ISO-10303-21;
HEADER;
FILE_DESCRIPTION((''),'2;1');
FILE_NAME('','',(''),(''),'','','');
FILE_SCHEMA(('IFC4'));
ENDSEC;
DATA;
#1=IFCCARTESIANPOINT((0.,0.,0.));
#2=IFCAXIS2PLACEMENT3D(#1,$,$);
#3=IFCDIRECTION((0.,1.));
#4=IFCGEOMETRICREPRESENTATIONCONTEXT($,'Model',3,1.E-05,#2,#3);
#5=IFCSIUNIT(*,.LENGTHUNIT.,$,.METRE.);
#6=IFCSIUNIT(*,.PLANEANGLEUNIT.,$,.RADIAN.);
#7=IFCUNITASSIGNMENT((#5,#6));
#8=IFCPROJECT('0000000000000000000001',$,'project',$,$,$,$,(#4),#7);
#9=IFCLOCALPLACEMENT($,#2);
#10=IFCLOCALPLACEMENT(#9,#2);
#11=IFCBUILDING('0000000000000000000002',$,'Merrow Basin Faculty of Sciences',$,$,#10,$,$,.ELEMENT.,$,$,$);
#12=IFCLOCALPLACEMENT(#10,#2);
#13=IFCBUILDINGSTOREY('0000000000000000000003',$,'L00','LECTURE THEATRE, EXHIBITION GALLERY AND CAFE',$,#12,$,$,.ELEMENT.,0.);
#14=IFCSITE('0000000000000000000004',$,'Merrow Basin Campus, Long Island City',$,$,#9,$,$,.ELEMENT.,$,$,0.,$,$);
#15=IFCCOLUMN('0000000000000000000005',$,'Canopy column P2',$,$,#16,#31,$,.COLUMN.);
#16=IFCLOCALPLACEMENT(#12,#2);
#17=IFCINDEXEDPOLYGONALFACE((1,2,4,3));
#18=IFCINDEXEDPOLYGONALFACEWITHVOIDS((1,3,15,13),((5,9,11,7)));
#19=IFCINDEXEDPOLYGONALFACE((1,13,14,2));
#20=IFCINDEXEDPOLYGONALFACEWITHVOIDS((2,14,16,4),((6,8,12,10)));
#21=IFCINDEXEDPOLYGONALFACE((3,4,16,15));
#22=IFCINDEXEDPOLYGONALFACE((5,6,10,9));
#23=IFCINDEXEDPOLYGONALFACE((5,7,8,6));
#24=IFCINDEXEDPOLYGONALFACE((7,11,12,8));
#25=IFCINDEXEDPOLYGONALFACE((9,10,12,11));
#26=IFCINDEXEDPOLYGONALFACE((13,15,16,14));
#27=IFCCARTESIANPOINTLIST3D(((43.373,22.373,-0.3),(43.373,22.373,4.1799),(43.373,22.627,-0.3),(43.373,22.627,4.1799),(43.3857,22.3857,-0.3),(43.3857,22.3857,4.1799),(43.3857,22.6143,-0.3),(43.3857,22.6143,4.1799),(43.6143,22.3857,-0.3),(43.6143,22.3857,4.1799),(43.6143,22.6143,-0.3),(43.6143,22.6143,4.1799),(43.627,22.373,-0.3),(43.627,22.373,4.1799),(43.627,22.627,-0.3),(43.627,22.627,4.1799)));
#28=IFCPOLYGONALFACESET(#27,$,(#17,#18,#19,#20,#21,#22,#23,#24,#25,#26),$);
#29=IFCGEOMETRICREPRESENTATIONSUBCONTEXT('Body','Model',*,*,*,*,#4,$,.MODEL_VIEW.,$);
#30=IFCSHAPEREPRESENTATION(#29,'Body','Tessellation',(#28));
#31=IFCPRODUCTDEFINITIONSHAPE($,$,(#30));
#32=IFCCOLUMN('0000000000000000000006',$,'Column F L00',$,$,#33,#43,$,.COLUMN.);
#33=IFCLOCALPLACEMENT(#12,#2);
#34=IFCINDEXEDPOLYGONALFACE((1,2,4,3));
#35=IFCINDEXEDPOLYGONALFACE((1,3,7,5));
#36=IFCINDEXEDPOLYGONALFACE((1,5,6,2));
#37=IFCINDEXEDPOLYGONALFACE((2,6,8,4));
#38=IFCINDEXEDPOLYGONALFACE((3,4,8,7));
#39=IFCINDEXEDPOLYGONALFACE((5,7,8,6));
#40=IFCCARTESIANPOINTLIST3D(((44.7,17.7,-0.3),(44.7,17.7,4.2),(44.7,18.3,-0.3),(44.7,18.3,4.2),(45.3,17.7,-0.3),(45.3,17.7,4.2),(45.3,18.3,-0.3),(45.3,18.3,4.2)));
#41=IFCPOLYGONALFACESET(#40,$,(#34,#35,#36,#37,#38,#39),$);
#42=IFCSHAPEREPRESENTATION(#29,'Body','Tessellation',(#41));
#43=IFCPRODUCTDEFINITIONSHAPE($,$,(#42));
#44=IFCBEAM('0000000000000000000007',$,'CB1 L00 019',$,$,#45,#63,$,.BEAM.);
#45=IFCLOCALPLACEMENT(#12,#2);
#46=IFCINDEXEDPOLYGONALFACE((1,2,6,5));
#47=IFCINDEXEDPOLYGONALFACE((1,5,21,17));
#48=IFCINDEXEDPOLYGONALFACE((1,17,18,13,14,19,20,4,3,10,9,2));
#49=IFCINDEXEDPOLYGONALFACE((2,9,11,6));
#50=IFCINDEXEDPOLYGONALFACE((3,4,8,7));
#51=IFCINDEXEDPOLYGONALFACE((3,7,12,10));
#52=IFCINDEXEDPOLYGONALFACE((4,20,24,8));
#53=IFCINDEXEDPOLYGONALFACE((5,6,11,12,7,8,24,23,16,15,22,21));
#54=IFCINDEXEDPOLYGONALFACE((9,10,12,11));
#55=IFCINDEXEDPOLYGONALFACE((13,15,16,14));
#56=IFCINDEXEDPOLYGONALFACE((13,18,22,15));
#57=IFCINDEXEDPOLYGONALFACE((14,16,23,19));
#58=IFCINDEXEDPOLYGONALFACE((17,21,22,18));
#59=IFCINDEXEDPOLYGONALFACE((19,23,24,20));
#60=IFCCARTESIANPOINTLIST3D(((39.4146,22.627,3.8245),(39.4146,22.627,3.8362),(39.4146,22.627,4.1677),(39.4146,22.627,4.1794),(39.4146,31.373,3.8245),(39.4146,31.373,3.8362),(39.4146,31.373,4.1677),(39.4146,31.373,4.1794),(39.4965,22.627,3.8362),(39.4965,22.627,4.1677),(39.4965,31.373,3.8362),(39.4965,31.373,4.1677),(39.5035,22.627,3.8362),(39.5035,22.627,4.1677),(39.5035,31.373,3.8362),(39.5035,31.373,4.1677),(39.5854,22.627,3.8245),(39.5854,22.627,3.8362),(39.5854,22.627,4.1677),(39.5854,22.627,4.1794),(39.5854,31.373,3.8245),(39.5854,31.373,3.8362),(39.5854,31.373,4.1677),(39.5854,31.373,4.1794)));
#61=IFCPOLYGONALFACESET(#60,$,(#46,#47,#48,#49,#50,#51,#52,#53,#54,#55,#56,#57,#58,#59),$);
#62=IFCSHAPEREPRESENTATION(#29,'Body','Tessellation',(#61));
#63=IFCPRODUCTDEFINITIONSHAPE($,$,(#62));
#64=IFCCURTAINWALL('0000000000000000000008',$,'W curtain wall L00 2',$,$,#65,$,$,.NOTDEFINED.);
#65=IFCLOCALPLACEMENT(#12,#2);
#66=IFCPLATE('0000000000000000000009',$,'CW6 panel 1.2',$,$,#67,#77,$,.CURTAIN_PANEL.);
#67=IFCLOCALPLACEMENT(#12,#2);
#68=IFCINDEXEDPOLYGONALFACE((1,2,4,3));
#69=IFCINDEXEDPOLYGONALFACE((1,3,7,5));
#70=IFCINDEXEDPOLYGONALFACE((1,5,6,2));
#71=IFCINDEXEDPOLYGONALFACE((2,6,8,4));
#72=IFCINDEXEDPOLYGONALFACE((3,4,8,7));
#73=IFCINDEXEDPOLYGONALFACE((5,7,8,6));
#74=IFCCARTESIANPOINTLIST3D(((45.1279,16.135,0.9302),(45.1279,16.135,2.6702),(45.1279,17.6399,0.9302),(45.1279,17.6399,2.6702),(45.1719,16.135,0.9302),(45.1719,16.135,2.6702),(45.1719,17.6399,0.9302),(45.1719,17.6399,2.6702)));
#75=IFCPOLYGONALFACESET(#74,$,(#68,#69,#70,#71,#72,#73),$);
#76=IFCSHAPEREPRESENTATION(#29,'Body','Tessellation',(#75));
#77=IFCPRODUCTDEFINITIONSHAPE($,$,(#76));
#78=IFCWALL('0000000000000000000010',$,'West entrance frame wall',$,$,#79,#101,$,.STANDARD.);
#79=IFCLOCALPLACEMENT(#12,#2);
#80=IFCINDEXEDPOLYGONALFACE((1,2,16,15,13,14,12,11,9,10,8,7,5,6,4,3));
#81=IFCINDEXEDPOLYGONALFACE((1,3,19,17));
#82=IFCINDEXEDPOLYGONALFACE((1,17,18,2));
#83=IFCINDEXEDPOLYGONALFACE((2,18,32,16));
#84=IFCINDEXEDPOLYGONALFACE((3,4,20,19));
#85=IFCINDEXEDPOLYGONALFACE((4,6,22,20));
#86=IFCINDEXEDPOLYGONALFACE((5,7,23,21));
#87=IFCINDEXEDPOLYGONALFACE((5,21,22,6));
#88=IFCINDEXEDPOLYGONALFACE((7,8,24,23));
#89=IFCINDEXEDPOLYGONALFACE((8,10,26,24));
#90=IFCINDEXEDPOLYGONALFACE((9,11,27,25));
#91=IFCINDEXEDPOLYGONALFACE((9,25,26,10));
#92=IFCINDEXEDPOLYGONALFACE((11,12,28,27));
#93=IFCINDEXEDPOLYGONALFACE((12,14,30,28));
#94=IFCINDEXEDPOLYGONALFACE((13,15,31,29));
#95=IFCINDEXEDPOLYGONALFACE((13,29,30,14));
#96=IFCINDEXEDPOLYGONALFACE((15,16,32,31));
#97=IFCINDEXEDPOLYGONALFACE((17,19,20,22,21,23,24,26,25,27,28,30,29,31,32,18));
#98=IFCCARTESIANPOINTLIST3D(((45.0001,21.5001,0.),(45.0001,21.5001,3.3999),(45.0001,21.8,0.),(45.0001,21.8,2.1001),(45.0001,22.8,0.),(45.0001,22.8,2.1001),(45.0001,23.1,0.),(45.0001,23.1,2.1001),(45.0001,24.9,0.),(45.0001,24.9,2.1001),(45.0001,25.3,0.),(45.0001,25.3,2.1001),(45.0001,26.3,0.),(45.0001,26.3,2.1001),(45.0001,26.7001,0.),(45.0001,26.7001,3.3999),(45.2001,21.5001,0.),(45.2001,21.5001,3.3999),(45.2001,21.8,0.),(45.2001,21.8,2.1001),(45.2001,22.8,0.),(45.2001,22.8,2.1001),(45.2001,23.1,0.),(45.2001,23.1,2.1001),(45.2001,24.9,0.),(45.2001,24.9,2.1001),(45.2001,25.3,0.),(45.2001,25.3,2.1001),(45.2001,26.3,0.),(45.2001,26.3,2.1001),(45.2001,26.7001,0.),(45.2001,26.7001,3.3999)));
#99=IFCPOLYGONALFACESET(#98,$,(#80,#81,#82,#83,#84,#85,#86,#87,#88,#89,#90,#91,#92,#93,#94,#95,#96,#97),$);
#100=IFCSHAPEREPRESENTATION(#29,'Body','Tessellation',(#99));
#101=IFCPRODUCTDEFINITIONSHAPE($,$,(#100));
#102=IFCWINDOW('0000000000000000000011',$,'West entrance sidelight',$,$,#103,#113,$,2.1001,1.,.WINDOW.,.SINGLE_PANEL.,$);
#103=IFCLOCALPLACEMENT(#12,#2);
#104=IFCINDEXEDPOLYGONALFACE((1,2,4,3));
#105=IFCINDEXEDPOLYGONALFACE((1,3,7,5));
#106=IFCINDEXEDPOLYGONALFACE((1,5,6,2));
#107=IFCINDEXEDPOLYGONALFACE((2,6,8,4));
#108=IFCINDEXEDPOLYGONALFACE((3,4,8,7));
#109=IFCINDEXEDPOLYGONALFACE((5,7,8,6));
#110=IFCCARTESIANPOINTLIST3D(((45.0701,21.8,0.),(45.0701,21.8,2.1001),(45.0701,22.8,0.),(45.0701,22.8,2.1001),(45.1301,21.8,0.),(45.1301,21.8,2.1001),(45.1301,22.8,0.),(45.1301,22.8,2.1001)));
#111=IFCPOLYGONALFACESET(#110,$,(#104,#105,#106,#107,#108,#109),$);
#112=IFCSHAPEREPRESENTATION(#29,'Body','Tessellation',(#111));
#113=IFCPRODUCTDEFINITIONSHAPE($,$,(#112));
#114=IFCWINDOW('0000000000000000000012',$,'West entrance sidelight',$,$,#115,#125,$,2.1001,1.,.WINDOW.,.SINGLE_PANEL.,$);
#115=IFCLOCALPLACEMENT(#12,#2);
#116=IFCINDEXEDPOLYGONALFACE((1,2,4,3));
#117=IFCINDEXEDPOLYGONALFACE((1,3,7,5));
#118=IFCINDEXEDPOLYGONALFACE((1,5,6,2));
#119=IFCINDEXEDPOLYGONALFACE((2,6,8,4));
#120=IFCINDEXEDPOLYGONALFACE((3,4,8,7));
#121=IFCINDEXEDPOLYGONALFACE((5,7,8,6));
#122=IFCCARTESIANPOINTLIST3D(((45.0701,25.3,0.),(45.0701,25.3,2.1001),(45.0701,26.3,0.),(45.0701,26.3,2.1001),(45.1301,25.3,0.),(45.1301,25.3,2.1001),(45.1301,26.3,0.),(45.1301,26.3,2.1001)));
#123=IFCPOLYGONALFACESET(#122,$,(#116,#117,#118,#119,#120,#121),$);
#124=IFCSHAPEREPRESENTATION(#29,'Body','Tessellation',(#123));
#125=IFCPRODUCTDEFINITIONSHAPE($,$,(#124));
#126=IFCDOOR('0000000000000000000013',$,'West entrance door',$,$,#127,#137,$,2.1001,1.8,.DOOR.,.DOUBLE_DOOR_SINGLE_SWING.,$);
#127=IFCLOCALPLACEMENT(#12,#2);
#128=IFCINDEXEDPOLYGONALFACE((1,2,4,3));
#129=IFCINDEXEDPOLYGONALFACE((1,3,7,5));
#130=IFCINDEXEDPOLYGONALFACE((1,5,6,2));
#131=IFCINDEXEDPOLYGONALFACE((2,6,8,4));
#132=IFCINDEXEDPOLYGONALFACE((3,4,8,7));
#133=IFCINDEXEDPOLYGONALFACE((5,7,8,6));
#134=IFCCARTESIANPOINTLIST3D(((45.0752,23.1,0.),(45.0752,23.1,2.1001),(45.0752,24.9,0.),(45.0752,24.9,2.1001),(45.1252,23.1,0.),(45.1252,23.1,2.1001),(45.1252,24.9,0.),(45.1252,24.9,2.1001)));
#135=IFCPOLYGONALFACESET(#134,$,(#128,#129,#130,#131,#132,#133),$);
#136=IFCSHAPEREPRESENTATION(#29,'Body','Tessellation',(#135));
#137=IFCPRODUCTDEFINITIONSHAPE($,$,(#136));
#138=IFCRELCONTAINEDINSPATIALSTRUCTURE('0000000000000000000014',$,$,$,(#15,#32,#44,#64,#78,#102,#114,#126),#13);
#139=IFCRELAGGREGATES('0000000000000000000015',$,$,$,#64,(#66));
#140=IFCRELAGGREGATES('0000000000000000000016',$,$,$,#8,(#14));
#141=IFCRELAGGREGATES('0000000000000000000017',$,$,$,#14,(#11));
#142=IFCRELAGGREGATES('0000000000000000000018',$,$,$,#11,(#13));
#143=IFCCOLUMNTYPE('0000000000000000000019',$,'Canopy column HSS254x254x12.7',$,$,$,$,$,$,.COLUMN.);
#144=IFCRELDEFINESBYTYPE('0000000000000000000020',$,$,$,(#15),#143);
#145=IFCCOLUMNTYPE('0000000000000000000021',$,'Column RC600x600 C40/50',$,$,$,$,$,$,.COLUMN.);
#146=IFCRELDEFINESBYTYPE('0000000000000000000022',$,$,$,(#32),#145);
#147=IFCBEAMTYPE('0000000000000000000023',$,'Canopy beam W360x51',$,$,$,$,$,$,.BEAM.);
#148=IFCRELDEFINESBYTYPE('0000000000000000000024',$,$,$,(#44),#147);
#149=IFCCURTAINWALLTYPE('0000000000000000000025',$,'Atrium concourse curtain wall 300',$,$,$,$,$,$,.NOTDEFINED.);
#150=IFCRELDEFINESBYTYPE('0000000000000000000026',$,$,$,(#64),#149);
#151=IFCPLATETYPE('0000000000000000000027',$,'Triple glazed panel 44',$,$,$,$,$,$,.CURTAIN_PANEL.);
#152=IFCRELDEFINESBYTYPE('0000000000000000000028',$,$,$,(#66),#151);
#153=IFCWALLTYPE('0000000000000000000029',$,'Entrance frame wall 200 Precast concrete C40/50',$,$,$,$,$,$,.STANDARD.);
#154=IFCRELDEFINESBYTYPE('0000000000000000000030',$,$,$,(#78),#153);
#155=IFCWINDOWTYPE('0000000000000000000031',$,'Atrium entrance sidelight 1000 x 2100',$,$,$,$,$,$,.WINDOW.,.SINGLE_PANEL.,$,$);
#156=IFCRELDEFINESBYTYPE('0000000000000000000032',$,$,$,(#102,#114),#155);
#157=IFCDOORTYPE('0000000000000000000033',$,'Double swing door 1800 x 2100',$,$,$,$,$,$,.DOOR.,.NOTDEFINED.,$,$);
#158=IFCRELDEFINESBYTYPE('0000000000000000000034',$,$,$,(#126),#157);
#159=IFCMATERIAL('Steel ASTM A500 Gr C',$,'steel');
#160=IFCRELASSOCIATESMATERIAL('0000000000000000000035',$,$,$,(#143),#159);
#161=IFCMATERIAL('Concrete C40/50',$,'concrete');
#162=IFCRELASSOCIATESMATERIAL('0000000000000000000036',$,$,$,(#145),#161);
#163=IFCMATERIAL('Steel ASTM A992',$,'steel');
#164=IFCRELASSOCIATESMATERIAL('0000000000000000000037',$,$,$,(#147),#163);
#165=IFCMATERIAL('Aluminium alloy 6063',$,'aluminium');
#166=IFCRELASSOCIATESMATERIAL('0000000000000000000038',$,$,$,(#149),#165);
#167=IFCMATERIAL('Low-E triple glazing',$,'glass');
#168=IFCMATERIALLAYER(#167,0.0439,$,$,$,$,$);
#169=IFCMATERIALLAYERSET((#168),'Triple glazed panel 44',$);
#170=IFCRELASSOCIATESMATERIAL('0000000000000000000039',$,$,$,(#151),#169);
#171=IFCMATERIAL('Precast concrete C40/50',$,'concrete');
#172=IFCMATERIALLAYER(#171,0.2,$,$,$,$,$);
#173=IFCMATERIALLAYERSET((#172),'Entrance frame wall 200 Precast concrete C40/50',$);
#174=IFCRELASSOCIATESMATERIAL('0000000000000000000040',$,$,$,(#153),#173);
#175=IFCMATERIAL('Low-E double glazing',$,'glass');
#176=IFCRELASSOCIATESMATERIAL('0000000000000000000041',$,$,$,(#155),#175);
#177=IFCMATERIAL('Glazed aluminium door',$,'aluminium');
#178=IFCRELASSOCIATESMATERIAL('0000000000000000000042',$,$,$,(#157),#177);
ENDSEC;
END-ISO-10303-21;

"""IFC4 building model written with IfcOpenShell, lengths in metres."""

from ifc_helpers import new_model, si_unit, direction, frame, frame_2d, origin, origin_2d, place, context, subcontext, project, spatial, rectangle, hollow_rectangle, i_section, extrude, material, layer, layer_set, material_profile, profile_set, type_object, element, fill, aggregate, save


model = new_model("IFC4")

# Units and contexts
model_context = context("Model", 3, precision=1e-05, world=origin(), true_north=direction((0.0, 1.0)))
body_context = subcontext(model_context, "Body", "Model", "MODEL_VIEW")
ifc_project = project(units=[si_unit("LENGTHUNIT", "METRE"), si_unit("PLANEANGLEUNIT", "RADIAN")], contexts=[model_context])

# Site, building, storey
site_placement = place(None, origin())
site = spatial("IfcSite", under=ifc_project, at=site_placement, Name="Merrow Basin Campus, Long Island City", CompositionType="ELEMENT", RefElevation=0.0)
building_placement = place(site_placement, origin())
building = spatial("IfcBuilding", under=site, at=building_placement, Name="Merrow Basin Faculty of Sciences", CompositionType="ELEMENT")
storey_placement = place(building_placement, origin())
storey = spatial("IfcBuildingStorey", under=building, at=storey_placement, Name="L00", Description="LECTURE THEATRE, EXHIBITION GALLERY AND CAFE", CompositionType="ELEMENT", Elevation=0.0)

# Columns
ifc_material_1 = material(Name="Steel ASTM A500 Gr C", Category="steel")
ifc_material_profile_1 = material_profile(ifc_material_1, hollow_rectangle(XDim=0.2539, YDim=0.2539, WallThickness=0.0127, at=origin_2d()))
ifc_profile_set_1 = profile_set([ifc_material_profile_1], Name="Steel ASTM A500 Gr C")
column_type_1 = type_object("IfcColumnType", Name="Canopy column HSS254x254x12.7", PredefinedType="COLUMN", material=ifc_profile_set_1)
for number, where, z_axis, x_axis, name in (
    (1, (43.5, 22.5, -0.3), (0.0, 0.0, 1.0), (1.0, 0.0, 0.0), "Canopy column P2"),
):
    element("IfcColumn", number, at=place(storey_placement, frame(where, z_axis=z_axis, x_axis=x_axis)), inside=storey, type_object=column_type_1, Name=name, PredefinedType="COLUMN", context=body_context, shape_type="SweptSolid", body=[
        extrude(hollow_rectangle(XDim=0.2539, YDim=0.2539, WallThickness=0.0127, at=origin_2d()), origin(), (0.0, 0.0, 1.0), 4.48),
    ])
ifc_material_2 = material(Name="Concrete C40/50", Category="concrete")
ifc_material_profile_2 = material_profile(ifc_material_2, rectangle(XDim=0.6001, YDim=0.6001, at=origin_2d()))
ifc_profile_set_2 = profile_set([ifc_material_profile_2], Name="Concrete C40/50")
column_type_2 = type_object("IfcColumnType", Name="Column RC600x600 C40/50", PredefinedType="COLUMN", material=ifc_profile_set_2)
column_placement = place(storey_placement, frame((45.0, 18.0, -0.3), z_axis=(0.0, 0.0, 1.0), x_axis=(1.0, 0.0, 0.0)))
element("IfcColumn", 2, at=column_placement, inside=storey, type_object=column_type_2, Name="Column F L00", PredefinedType="COLUMN", context=body_context, shape_type="SweptSolid", body=[
    extrude(rectangle(XDim=0.6001, YDim=0.6001, at=origin_2d()), origin(), (0.0, 0.0, 1.0), 4.5),
])

# Beam
ifc_material_3 = material(Name="Steel ASTM A992", Category="steel")
ifc_material_profile_3 = material_profile(ifc_material_3, i_section(OverallWidth=0.1709, OverallDepth=0.355, WebThickness=0.0071, FlangeThickness=0.0117, at=origin_2d()))
ifc_profile_set_3 = profile_set([ifc_material_profile_3], Name="Steel ASTM A992")
beam_type = type_object("IfcBeamType", Name="Canopy beam W360x51", PredefinedType="BEAM", material=ifc_profile_set_3)
beam_placement = place(storey_placement, frame((39.5, 22.627, 4.002), z_axis=(0.0, 1.0, 0.0), x_axis=(-1.0, 0.0, 0.0)))
element("IfcBeam", 3, at=beam_placement, inside=storey, type_object=beam_type, Name="CB1 L00 019", PredefinedType="BEAM", context=body_context, shape_type="SweptSolid", body=[
    extrude(i_section(OverallWidth=0.1709, OverallDepth=0.355, WebThickness=0.0071, FlangeThickness=0.0117, at=origin_2d()), origin(), (0.0, 0.0, 1.0), 8.7461),
])

# Curtain wall, plate
ifc_material_4 = material(Name="Aluminium alloy 6063", Category="aluminium")
curtain_wall_type = type_object("IfcCurtainWallType", Name="Atrium concourse curtain wall 300", PredefinedType="NOTDEFINED", material=ifc_material_4)
curtain_wall_placement = place(storey_placement, origin())
curtain_wall = element("IfcCurtainWall", 4, at=curtain_wall_placement, inside=storey, type_object=curtain_wall_type, Name="W curtain wall L00 2", PredefinedType="NOTDEFINED")
ifc_material_5 = material(Name="Low-E triple glazing", Category="glass")
ifc_layer_1 = layer(ifc_material_5, 0.0439)
ifc_layer_set_1 = layer_set([ifc_layer_1], Name="Triple glazed panel 44")
plate_type = type_object("IfcPlateType", Name="Triple glazed panel 44", PredefinedType="CURTAIN_PANEL", material=ifc_layer_set_1)
plate_placement = place(storey_placement, frame((45.1499, 16.8875, 0.9302), z_axis=(0.0, 0.0, 1.0), x_axis=(0.0, 1.0, 0.0)))
plate = element("IfcPlate", 5, at=plate_placement, type_object=plate_type, Name="CW6 panel 1.2", PredefinedType="CURTAIN_PANEL", context=body_context, shape_type="SweptSolid", body=[
    extrude(rectangle(XDim=1.5049, YDim=0.0439, at=origin_2d()), origin(), (0.0, 0.0, 1.0), 1.74),
])
aggregate(curtain_wall, [plate])

# Wall, openings, windows, door
ifc_material_6 = material(Name="Precast concrete C40/50", Category="concrete")
ifc_layer_2 = layer(ifc_material_6, 0.2)
ifc_layer_set_2 = layer_set([ifc_layer_2], Name="Entrance frame wall 200 Precast concrete C40/50")
wall_type = type_object("IfcWallType", Name="Entrance frame wall 200 Precast concrete C40/50", PredefinedType="STANDARD", material=ifc_layer_set_2)
wall_placement = place(storey_placement, frame((45.1001, 21.5, 0.0), z_axis=(0.0, 0.0, 1.0), x_axis=(0.0, 1.0, 0.0)))
wall = element("IfcWall", 6, at=wall_placement, inside=storey, type_object=wall_type, Name="West entrance frame wall", PredefinedType="STANDARD", context=body_context, shape_type="SweptSolid", body=[
    extrude(rectangle(XDim=5.2, YDim=0.2, at=frame_2d((2.6001, 0.0))), origin(), (0.0, 0.0, 1.0), 3.3999),
])
opening_1_placement = place(wall_placement, frame((1.6001, 0.0, 0.0)))
opening_1 = element("IfcOpeningElement", 7, at=opening_1_placement, cuts=wall, PredefinedType="OPENING", context=body_context, shape_type="SweptSolid", body=[
    extrude(rectangle(XDim=1.8, YDim=2.1001, at=frame_2d((0.8999, 1.05))), frame((0.0, 0.1099, 0.0), z_axis=(0.0, -1.0, 0.0), x_axis=(1.0, 0.0, 0.0)), (0.0, 0.0, 1.0), 0.22),
])
opening_2_placement = place(wall_placement, frame((0.3, 0.0, 0.0)))
opening_2 = element("IfcOpeningElement", 8, at=opening_2_placement, cuts=wall, PredefinedType="OPENING", context=body_context, shape_type="SweptSolid", body=[
    extrude(rectangle(XDim=1.0, YDim=2.1001, at=frame_2d((0.5, 1.05))), frame((0.0, 0.1099, 0.0), z_axis=(0.0, -1.0, 0.0), x_axis=(1.0, 0.0, 0.0)), (0.0, 0.0, 1.0), 0.22),
])
opening_3_placement = place(wall_placement, frame((3.8, 0.0, 0.0)))
opening_3 = element("IfcOpeningElement", 9, at=opening_3_placement, cuts=wall, PredefinedType="OPENING", context=body_context, shape_type="SweptSolid", body=[
    extrude(rectangle(XDim=1.0, YDim=2.1001, at=frame_2d((0.5, 1.05))), frame((0.0, 0.1099, 0.0), z_axis=(0.0, -1.0, 0.0), x_axis=(1.0, 0.0, 0.0)), (0.0, 0.0, 1.0), 0.22),
])
ifc_material_7 = material(Name="Low-E double glazing", Category="glass")
window_type = type_object("IfcWindowType", Name="Atrium entrance sidelight 1000 x 2100", PartitioningType="SINGLE_PANEL", PredefinedType="WINDOW", material=ifc_material_7)
window_1_placement = place(opening_2_placement, origin())
window_1 = element("IfcWindow", 10, at=window_1_placement, inside=storey, type_object=window_type, Name="West entrance sidelight", OverallHeight=2.1001, OverallWidth=1.0, PartitioningType="SINGLE_PANEL", PredefinedType="WINDOW", context=body_context, shape_type="SweptSolid", body=[
    extrude(rectangle(XDim=1.0, YDim=2.1001, at=frame_2d((0.5, 1.05))), frame((0.0, 0.03, 0.0), z_axis=(0.0, -1.0, 0.0), x_axis=(1.0, 0.0, 0.0)), (0.0, 0.0, 1.0), 0.0601),
])
fill(opening_2, window_1)
window_2_placement = place(opening_3_placement, origin())
window_2 = element("IfcWindow", 11, at=window_2_placement, inside=storey, type_object=window_type, Name="West entrance sidelight", OverallHeight=2.1001, OverallWidth=1.0, PartitioningType="SINGLE_PANEL", PredefinedType="WINDOW", context=body_context, shape_type="SweptSolid", body=[
    extrude(rectangle(XDim=1.0, YDim=2.1001, at=frame_2d((0.5, 1.05))), frame((0.0, 0.03, 0.0), z_axis=(0.0, -1.0, 0.0), x_axis=(1.0, 0.0, 0.0)), (0.0, 0.0, 1.0), 0.0601),
])
fill(opening_3, window_2)
ifc_material_8 = material(Name="Glazed aluminium door", Category="aluminium")
door_type = type_object("IfcDoorType", Name="Double swing door 1800 x 2100", OperationType="NOTDEFINED", PredefinedType="DOOR", material=ifc_material_8)
door_placement = place(opening_1_placement, origin())
door = element("IfcDoor", 12, at=door_placement, inside=storey, type_object=door_type, Name="West entrance door", OperationType="DOUBLE_DOOR_SINGLE_SWING", OverallHeight=2.1001, OverallWidth=1.8, PredefinedType="DOOR", context=body_context, shape_type="SweptSolid", body=[
    extrude(rectangle(XDim=1.8, YDim=2.1001, at=frame_2d((0.8999, 1.05))), frame((0.0, 0.0249, 0.0), z_axis=(0.0, -1.0, 0.0), x_axis=(1.0, 0.0, 0.0)), (0.0, 0.0, 1.0), 0.05),
])
fill(opening_1, door)

save(model, "model.ifc")
